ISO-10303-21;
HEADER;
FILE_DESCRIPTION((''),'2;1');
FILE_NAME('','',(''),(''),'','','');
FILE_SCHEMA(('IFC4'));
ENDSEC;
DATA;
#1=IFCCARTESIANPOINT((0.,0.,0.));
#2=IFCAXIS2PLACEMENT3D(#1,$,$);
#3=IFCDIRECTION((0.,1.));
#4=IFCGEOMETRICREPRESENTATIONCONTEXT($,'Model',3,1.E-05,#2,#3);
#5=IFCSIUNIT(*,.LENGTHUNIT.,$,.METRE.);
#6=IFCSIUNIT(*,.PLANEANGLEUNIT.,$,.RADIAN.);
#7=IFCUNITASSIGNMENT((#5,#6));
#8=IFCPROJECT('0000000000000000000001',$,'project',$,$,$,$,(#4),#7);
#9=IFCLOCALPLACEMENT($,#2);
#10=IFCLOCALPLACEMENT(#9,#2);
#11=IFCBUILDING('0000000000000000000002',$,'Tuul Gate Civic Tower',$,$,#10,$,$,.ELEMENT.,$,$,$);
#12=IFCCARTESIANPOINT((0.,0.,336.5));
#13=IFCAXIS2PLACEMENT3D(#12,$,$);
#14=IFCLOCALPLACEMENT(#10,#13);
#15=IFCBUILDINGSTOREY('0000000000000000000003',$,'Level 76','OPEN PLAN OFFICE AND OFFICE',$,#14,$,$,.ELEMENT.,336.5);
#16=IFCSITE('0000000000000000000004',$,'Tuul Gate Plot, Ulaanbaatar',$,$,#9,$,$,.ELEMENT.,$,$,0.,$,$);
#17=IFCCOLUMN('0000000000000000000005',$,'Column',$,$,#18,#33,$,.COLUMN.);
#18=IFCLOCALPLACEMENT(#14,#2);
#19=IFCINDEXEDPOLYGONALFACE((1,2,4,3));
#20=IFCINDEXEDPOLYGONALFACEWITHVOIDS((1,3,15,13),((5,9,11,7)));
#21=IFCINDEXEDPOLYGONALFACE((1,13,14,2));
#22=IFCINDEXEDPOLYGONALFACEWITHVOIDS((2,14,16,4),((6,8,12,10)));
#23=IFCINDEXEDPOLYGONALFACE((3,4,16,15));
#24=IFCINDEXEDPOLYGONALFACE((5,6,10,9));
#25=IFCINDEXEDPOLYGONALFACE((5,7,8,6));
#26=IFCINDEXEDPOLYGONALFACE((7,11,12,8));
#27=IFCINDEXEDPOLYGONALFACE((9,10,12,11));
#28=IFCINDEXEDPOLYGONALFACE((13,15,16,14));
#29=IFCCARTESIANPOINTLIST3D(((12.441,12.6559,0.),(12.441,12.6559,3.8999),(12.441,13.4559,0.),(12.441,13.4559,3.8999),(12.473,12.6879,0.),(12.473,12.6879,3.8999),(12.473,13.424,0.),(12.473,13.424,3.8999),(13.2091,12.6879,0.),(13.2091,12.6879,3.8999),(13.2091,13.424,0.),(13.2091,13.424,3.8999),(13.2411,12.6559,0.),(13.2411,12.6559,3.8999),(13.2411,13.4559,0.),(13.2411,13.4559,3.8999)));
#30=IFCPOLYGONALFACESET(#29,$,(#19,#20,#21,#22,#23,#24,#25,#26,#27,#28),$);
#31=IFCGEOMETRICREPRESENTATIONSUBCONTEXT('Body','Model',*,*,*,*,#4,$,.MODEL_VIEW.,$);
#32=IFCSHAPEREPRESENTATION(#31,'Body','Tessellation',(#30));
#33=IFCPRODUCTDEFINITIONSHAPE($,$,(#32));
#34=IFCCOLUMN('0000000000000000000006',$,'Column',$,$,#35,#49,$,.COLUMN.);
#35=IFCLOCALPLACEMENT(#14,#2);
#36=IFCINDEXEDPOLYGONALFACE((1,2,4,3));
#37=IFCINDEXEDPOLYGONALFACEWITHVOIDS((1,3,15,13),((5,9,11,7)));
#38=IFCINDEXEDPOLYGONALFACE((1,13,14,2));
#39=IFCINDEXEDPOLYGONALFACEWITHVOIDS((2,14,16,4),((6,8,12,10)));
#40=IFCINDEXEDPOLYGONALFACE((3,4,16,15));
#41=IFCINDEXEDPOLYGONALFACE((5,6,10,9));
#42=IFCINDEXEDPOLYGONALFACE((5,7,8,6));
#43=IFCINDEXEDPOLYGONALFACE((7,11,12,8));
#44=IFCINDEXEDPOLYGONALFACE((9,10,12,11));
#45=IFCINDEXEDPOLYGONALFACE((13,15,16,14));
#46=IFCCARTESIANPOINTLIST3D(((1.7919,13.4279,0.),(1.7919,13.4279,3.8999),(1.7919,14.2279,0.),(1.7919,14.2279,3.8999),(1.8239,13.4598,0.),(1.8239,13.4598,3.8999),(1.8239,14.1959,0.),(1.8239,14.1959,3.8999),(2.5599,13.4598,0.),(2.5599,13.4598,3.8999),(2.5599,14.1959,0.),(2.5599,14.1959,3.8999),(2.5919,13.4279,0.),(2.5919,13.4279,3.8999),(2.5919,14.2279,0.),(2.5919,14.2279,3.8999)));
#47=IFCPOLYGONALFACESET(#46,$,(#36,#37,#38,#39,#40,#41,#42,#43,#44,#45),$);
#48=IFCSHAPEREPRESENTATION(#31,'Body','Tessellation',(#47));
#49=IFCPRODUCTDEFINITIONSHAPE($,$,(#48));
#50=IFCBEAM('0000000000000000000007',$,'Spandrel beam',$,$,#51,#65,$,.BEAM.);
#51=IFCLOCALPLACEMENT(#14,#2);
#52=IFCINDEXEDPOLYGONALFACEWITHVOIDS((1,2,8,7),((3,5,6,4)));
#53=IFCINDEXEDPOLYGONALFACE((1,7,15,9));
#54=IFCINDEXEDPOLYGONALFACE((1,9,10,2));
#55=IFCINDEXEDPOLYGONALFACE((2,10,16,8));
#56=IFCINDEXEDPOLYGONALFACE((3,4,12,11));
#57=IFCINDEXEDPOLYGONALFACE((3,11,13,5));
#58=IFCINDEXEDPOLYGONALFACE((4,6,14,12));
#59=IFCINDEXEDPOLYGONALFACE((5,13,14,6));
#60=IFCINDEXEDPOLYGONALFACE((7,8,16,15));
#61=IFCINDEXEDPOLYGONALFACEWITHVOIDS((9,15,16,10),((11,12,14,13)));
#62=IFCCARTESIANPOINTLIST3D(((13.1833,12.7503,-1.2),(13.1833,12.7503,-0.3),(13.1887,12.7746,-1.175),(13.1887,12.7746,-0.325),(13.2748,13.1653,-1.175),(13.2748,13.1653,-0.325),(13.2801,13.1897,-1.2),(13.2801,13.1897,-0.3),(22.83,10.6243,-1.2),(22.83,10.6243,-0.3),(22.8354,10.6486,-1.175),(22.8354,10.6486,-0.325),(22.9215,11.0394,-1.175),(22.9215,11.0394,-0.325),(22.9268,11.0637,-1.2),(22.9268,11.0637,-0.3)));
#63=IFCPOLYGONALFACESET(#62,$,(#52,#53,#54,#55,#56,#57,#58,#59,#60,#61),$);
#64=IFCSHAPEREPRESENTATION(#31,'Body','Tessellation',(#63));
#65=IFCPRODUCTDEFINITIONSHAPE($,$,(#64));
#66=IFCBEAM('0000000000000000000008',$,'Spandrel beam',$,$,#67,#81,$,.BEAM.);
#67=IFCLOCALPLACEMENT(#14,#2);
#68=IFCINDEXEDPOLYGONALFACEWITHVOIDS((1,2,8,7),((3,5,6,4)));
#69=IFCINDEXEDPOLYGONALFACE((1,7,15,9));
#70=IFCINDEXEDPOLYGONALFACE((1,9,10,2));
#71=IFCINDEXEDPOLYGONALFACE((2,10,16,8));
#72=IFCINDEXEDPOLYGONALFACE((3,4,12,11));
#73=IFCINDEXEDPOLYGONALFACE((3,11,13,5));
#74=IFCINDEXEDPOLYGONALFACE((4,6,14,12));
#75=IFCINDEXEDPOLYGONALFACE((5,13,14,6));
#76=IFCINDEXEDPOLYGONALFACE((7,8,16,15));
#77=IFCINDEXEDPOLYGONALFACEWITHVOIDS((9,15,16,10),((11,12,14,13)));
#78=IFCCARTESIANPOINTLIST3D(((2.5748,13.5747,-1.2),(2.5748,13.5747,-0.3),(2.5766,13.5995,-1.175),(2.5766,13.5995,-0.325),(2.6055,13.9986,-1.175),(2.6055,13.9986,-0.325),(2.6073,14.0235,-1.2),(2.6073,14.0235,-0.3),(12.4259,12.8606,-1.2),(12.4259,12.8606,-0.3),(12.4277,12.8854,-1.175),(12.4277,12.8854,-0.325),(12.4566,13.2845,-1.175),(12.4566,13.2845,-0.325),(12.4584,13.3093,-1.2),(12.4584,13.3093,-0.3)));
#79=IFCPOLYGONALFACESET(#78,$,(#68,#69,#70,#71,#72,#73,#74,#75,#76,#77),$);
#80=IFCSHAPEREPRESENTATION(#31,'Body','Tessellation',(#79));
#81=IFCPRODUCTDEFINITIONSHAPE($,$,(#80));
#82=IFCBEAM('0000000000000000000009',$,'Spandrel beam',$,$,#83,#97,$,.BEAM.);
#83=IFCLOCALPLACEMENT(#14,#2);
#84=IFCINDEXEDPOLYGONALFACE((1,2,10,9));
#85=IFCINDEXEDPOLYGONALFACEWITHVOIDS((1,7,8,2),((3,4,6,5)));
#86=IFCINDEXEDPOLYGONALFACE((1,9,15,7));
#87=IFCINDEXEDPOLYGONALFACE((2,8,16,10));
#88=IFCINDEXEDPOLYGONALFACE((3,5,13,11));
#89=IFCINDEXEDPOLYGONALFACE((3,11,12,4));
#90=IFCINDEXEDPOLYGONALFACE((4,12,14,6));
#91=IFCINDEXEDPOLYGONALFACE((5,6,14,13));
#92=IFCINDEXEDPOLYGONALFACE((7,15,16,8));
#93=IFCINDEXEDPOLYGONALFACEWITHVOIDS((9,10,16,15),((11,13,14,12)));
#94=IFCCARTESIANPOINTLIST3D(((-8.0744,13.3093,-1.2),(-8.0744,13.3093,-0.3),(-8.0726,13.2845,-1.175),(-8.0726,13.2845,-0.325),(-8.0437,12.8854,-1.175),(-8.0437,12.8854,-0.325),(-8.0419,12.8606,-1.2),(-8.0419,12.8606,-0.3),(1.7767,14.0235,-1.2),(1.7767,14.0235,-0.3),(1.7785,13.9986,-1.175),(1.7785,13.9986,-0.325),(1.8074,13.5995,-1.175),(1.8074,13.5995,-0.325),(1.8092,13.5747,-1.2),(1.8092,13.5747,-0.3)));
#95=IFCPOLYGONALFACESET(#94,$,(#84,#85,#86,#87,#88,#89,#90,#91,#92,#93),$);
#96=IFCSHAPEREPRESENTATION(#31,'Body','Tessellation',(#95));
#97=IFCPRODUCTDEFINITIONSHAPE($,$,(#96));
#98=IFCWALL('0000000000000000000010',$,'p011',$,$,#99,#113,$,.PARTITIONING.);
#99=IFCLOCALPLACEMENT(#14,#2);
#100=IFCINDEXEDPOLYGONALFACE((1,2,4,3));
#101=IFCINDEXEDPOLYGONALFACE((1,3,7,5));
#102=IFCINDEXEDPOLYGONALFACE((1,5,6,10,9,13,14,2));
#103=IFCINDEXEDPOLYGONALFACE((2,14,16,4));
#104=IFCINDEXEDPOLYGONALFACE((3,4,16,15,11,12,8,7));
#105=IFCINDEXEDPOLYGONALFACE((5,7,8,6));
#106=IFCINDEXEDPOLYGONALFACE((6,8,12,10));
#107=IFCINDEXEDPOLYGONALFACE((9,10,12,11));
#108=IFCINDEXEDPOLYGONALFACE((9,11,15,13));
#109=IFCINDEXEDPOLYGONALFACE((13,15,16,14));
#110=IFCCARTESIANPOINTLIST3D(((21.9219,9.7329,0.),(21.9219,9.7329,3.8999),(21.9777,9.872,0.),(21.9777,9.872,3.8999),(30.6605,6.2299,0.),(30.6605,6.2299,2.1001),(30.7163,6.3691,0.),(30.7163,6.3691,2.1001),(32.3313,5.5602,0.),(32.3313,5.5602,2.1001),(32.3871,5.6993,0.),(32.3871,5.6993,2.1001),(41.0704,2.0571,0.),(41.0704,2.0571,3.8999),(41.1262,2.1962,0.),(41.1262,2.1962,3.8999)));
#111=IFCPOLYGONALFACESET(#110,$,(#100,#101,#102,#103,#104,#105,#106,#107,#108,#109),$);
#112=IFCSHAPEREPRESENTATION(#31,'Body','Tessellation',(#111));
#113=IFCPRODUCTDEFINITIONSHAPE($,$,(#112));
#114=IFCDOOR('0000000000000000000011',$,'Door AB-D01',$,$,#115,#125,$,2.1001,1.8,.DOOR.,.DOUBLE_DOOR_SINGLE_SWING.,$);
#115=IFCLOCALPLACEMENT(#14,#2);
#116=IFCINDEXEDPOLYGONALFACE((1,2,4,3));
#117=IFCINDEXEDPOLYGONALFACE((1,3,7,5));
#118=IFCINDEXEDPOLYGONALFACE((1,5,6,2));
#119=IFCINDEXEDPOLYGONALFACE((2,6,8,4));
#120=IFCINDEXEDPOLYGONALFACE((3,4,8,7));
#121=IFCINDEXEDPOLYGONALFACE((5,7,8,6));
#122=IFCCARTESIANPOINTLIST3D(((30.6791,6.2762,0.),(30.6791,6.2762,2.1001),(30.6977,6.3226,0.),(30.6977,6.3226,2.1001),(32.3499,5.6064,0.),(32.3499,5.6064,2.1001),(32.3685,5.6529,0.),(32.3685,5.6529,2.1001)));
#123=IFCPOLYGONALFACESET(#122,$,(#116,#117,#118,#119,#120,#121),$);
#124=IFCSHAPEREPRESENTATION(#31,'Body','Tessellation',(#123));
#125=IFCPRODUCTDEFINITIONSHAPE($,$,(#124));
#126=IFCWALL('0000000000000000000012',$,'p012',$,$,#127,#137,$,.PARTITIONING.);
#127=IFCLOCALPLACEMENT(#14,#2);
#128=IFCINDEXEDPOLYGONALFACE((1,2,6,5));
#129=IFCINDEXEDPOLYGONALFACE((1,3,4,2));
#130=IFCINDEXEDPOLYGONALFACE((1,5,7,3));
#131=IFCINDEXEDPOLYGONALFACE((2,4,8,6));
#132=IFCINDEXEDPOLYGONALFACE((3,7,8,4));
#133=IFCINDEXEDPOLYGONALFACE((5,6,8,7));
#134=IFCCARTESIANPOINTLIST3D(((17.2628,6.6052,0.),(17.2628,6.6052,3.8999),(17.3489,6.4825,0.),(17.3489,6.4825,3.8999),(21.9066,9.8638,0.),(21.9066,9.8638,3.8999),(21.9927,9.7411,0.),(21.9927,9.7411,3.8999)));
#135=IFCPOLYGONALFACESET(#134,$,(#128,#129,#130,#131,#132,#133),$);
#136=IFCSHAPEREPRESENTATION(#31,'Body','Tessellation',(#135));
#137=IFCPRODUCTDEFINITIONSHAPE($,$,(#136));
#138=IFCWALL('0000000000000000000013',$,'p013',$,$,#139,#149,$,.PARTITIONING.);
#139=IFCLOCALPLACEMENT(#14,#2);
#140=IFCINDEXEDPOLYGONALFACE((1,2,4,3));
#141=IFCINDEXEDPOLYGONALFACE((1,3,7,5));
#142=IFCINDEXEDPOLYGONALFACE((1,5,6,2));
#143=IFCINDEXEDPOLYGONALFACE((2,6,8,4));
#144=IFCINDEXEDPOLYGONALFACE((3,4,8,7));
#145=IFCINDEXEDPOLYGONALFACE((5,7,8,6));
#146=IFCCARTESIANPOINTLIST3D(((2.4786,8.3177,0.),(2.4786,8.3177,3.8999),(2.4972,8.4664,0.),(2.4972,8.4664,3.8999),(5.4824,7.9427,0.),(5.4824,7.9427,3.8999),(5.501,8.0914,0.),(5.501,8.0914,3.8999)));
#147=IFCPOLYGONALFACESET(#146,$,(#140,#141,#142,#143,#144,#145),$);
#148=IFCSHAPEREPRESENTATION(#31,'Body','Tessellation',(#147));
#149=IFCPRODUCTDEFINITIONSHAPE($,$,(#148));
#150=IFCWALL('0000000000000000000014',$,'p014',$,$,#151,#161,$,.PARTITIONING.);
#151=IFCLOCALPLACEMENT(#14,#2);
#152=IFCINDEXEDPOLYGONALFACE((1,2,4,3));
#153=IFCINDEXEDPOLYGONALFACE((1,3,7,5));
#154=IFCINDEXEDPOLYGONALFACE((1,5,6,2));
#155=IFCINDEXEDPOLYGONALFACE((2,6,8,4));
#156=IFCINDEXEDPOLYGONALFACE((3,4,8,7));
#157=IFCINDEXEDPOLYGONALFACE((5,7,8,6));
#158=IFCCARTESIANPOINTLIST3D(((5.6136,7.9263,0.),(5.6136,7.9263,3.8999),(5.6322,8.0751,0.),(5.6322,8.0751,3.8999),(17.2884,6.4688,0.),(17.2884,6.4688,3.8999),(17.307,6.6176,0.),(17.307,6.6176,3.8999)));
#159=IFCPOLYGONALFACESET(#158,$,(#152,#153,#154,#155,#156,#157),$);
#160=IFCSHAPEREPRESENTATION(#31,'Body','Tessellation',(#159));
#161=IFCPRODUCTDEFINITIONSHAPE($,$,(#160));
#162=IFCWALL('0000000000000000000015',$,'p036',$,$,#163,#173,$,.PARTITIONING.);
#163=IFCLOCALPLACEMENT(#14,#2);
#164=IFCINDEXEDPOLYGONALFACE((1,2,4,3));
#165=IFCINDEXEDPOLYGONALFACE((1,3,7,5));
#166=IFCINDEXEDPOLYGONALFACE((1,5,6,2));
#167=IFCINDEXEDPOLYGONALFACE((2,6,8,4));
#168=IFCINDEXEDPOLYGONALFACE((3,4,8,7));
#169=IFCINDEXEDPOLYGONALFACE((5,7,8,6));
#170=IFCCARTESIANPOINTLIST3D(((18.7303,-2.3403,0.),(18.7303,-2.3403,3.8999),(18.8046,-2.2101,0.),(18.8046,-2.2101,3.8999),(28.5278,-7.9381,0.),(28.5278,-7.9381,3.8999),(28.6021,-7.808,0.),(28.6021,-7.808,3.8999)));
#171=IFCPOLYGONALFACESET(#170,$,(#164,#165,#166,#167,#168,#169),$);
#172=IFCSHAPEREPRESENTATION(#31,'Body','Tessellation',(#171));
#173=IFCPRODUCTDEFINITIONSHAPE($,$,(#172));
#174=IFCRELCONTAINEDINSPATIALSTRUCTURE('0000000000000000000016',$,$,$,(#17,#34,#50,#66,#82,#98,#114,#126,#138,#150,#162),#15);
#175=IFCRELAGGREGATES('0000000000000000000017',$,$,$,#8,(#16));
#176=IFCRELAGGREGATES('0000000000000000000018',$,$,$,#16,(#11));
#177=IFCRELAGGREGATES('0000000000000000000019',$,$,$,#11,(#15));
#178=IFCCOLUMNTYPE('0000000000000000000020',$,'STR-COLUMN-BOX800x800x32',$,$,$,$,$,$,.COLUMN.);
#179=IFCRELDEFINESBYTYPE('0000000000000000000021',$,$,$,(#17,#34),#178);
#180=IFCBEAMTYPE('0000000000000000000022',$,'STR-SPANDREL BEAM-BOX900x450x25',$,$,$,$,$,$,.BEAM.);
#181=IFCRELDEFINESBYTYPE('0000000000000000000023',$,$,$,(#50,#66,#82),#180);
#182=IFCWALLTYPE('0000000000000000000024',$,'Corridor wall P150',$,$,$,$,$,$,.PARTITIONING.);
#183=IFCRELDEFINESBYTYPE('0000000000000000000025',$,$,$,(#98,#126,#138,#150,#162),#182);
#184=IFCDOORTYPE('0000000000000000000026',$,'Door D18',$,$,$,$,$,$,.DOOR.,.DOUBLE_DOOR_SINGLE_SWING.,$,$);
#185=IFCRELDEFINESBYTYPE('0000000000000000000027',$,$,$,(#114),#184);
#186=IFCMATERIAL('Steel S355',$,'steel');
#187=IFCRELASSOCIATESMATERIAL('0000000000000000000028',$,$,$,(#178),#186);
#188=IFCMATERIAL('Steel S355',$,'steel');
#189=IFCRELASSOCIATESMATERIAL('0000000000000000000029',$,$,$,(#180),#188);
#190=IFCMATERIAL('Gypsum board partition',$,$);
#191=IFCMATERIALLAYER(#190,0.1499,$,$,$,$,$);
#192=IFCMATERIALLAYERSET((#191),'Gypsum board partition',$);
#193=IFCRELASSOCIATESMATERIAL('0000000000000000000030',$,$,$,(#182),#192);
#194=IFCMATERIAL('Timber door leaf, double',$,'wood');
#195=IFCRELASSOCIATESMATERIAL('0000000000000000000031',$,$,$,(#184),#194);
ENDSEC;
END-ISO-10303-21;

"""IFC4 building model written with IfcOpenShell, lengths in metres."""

from ifc_helpers import new_model, si_unit, direction, frame, frame_2d, origin, origin_2d, place, context, subcontext, project, spatial, rectangle, hollow_rectangle, extrude, material, layer, layer_set, material_profile, profile_set, type_object, element, fill, save


model = new_model("IFC4")

# Units and contexts
model_context = context("Model", 3, precision=1e-05, world=origin(), true_north=direction((0.0, 1.0)))
body_context = subcontext(model_context, "Body", "Model", "MODEL_VIEW")
ifc_project = project(units=[si_unit("LENGTHUNIT", "METRE"), si_unit("PLANEANGLEUNIT", "RADIAN")], contexts=[model_context])

# Site, building, storey
site_placement = place(None, origin())
site = spatial("IfcSite", under=ifc_project, at=site_placement, Name="Tuul Gate Plot, Ulaanbaatar", CompositionType="ELEMENT", RefElevation=0.0)
building_placement = place(site_placement, origin())
building = spatial("IfcBuilding", under=site, at=building_placement, Name="Tuul Gate Civic Tower", CompositionType="ELEMENT")
storey_placement = place(building_placement, frame((0.0, 0.0, 336.5)))
storey = spatial("IfcBuildingStorey", under=building, at=storey_placement, Name="Level 76", Description="OPEN PLAN OFFICE AND OFFICE", CompositionType="ELEMENT", Elevation=336.5)

# Columns
ifc_material_1 = material(Name="Steel S355", Category="steel")
ifc_material_profile_1 = material_profile(ifc_material_1, hollow_rectangle(XDim=0.8, YDim=0.8, WallThickness=0.032, at=origin_2d()), Name="BOX800x800x32")
ifc_profile_set_1 = profile_set([ifc_material_profile_1], Name="Steel S355")
column_type = type_object("IfcColumnType", Name="STR-COLUMN-BOX800x800x32", PredefinedType="COLUMN", material=ifc_profile_set_1)
for number, where, z_axis, x_axis, name in (
    (1, (12.8411, 13.0559, 0.0), (0.0, 0.0, 1.0), (1.0, 0.0, 0.0), "Column"),
    (2, (2.1919, 13.8279, 0.0), (0.0, 0.0, 1.0), (1.0, 0.0, 0.0), "Column"),
):
    element("IfcColumn", number, at=place(storey_placement, frame(where, z_axis=z_axis, x_axis=x_axis)), inside=storey, type_object=column_type, Name=name, PredefinedType="COLUMN", context=body_context, shape_type="SweptSolid", body=[
        extrude(hollow_rectangle(XDim=0.8, YDim=0.8, WallThickness=0.032, at=origin_2d()), origin(), (0.0, 0.0, 1.0), 3.8999),
    ])

# Beams
ifc_material_2 = material(Name="Steel S355", Category="steel")
ifc_material_profile_2 = material_profile(ifc_material_2, hollow_rectangle(XDim=0.45, YDim=0.8999, WallThickness=0.0249, at=origin_2d()), Name="BOX900x450x25")
ifc_profile_set_2 = profile_set([ifc_material_profile_2], Name="Steel S355")
beam_type = type_object("IfcBeamType", Name="STR-SPANDREL BEAM-BOX900x450x25", PredefinedType="BEAM", material=ifc_profile_set_2)
beam_placement = place(storey_placement, frame((22.8784, 10.844, -0.75), z_axis=(-0.976566, 0.215219, 0.0), x_axis=(-0.215219, -0.976566, 0.0)))
element("IfcBeam", 3, at=beam_placement, inside=storey, type_object=beam_type, Name="Spandrel beam", PredefinedType="BEAM", context=body_context, shape_type="SweptSolid", body=[
    extrude(hollow_rectangle(XDim=0.45, YDim=0.8999, WallThickness=0.0249, at=origin_2d()), origin(), (0.0, 0.0, 1.0), 9.8782),
])
for number, where, z_axis, x_axis, name in (
    (4, (12.4421, 13.085, -0.75), (-0.997383, 0.072301, 0.0), (-0.072301, -0.997383, 0.0), "Spandrel beam"),
    (5, (1.793, 13.7991, -0.75), (-0.997383, -0.072301, 0.0), (0.072301, -0.997383, 0.0), "Spandrel beam"),
):
    element("IfcBeam", number, at=place(storey_placement, frame(where, z_axis=z_axis, x_axis=x_axis)), inside=storey, type_object=beam_type, Name=name, PredefinedType="BEAM", context=body_context, shape_type="SweptSolid", body=[
        extrude(hollow_rectangle(XDim=0.45, YDim=0.8999, WallThickness=0.0249, at=origin_2d()), origin(), (0.0, 0.0, 1.0), 9.877),
    ])

# Wall, opening, door
ifc_material_3 = material(Name="Gypsum board partition")
ifc_layer_1 = layer(ifc_material_3, 0.1499)
ifc_layer_set_1 = layer_set([ifc_layer_1], Name="Gypsum board partition")
wall_type_1 = type_object("IfcWallType", Name="Corridor wall P150", PredefinedType="PARTITIONING", material=ifc_layer_set_1)
wall_1_placement = place(storey_placement, frame((21.9497, 9.8025, 0.0), z_axis=(0.0, 0.0, 1.0), x_axis=(0.928202, -0.372076, 0.0)))
wall_1 = element("IfcWall", 6, at=wall_1_placement, inside=storey, type_object=wall_type_1, Name="p011", PredefinedType="PARTITIONING", context=body_context, shape_type="SweptSolid", body=[
    extrude(rectangle(XDim=20.6296, YDim=0.1499, at=frame_2d((10.3149, 0.0))), origin(), (0.0, 0.0, 1.0), 3.8999),
])
opening_1_placement = place(wall_1_placement, frame((9.4148, 0.0, 0.0)))
opening_1 = element("IfcOpeningElement", 7, at=opening_1_placement, cuts=wall_1, PredefinedType="OPENING", context=body_context, shape_type="SweptSolid", body=[
    extrude(rectangle(XDim=1.8, YDim=2.1001, at=frame_2d((0.8999, 1.05))), frame((0.0, 0.085, 0.0), z_axis=(0.0, -1.0, 0.0), x_axis=(1.0, 0.0, 0.0)), (0.0, 0.0, 1.0), 0.1699),
])
ifc_material_4 = material(Name="Timber door leaf, double", Category="wood")
door_type_1 = type_object("IfcDoorType", Name="Door D18", OperationType="DOUBLE_DOOR_SINGLE_SWING", PredefinedType="DOOR", material=ifc_material_4)
door_1_placement = place(opening_1_placement, origin())
door_1 = element("IfcDoor", 8, at=door_1_placement, inside=storey, type_object=door_type_1, Name="Door AB-D01", OperationType="DOUBLE_DOOR_SINGLE_SWING", OverallHeight=2.1001, OverallWidth=1.8, PredefinedType="DOOR", context=body_context, shape_type="SweptSolid", body=[
    extrude(rectangle(XDim=1.8, YDim=2.1001, at=frame_2d((0.8999, 1.05))), frame((0.0, 0.0249, 0.0), z_axis=(0.0, -1.0, 0.0), x_axis=(1.0, 0.0, 0.0)), (0.0, 0.0, 1.0), 0.05),
])
fill(opening_1, door_1)

# Walls
wall_2_placement = place(storey_placement, frame((17.3059, 6.5439, 0.0), z_axis=(0.0, 0.0, 1.0), x_axis=(0.818578, 0.574395, 0.0)))
element("IfcWall", 9, at=wall_2_placement, inside=storey, type_object=wall_type_1, Name="p012", PredefinedType="PARTITIONING", context=body_context, shape_type="SweptSolid", body=[
    extrude(rectangle(XDim=5.6731, YDim=0.1499, at=frame_2d((2.8364, 0.0))), origin(), (0.0, 0.0, 1.0), 3.8999),
])
wall_3_placement = place(storey_placement, frame((2.4878, 8.3921, 0.0), z_axis=(0.0, 0.0, 1.0), x_axis=(0.992296, -0.123886, 0.0)))
element("IfcWall", 10, at=wall_3_placement, inside=storey, type_object=wall_type_1, Name="p013", PredefinedType="PARTITIONING", context=body_context, shape_type="SweptSolid", body=[
    extrude(rectangle(XDim=3.0271, YDim=0.1499, at=frame_2d((1.5137, 0.0))), origin(), (0.0, 0.0, 1.0), 3.8999),
])
wall_4_placement = place(storey_placement, frame((5.6228, 8.0007, 0.0), z_axis=(0.0, 0.0, 1.0), x_axis=(0.992297, -0.123881, 0.0)))
element("IfcWall", 11, at=wall_4_placement, inside=storey, type_object=wall_type_1, Name="p014", PredefinedType="PARTITIONING", context=body_context, shape_type="SweptSolid", body=[
    extrude(rectangle(XDim=11.7654, YDim=0.1499, at=frame_2d((5.8828, 0.0))), origin(), (0.0, 0.0, 1.0), 3.8999),
])
wall_5_placement = place(storey_placement, frame((18.7673, -2.2751, 0.0), z_axis=(0.0, 0.0, 1.0), x_axis=(0.868271, -0.49609, 0.0)))
element("IfcWall", 12, at=wall_5_placement, inside=storey, type_object=wall_type_1, Name="p036", PredefinedType="PARTITIONING", context=body_context, shape_type="SweptSolid", body=[
    extrude(rectangle(XDim=11.2839, YDim=0.1499, at=frame_2d((5.6421, 0.0))), origin(), (0.0, 0.0, 1.0), 3.8999),
])

save(model, "model.ifc")
